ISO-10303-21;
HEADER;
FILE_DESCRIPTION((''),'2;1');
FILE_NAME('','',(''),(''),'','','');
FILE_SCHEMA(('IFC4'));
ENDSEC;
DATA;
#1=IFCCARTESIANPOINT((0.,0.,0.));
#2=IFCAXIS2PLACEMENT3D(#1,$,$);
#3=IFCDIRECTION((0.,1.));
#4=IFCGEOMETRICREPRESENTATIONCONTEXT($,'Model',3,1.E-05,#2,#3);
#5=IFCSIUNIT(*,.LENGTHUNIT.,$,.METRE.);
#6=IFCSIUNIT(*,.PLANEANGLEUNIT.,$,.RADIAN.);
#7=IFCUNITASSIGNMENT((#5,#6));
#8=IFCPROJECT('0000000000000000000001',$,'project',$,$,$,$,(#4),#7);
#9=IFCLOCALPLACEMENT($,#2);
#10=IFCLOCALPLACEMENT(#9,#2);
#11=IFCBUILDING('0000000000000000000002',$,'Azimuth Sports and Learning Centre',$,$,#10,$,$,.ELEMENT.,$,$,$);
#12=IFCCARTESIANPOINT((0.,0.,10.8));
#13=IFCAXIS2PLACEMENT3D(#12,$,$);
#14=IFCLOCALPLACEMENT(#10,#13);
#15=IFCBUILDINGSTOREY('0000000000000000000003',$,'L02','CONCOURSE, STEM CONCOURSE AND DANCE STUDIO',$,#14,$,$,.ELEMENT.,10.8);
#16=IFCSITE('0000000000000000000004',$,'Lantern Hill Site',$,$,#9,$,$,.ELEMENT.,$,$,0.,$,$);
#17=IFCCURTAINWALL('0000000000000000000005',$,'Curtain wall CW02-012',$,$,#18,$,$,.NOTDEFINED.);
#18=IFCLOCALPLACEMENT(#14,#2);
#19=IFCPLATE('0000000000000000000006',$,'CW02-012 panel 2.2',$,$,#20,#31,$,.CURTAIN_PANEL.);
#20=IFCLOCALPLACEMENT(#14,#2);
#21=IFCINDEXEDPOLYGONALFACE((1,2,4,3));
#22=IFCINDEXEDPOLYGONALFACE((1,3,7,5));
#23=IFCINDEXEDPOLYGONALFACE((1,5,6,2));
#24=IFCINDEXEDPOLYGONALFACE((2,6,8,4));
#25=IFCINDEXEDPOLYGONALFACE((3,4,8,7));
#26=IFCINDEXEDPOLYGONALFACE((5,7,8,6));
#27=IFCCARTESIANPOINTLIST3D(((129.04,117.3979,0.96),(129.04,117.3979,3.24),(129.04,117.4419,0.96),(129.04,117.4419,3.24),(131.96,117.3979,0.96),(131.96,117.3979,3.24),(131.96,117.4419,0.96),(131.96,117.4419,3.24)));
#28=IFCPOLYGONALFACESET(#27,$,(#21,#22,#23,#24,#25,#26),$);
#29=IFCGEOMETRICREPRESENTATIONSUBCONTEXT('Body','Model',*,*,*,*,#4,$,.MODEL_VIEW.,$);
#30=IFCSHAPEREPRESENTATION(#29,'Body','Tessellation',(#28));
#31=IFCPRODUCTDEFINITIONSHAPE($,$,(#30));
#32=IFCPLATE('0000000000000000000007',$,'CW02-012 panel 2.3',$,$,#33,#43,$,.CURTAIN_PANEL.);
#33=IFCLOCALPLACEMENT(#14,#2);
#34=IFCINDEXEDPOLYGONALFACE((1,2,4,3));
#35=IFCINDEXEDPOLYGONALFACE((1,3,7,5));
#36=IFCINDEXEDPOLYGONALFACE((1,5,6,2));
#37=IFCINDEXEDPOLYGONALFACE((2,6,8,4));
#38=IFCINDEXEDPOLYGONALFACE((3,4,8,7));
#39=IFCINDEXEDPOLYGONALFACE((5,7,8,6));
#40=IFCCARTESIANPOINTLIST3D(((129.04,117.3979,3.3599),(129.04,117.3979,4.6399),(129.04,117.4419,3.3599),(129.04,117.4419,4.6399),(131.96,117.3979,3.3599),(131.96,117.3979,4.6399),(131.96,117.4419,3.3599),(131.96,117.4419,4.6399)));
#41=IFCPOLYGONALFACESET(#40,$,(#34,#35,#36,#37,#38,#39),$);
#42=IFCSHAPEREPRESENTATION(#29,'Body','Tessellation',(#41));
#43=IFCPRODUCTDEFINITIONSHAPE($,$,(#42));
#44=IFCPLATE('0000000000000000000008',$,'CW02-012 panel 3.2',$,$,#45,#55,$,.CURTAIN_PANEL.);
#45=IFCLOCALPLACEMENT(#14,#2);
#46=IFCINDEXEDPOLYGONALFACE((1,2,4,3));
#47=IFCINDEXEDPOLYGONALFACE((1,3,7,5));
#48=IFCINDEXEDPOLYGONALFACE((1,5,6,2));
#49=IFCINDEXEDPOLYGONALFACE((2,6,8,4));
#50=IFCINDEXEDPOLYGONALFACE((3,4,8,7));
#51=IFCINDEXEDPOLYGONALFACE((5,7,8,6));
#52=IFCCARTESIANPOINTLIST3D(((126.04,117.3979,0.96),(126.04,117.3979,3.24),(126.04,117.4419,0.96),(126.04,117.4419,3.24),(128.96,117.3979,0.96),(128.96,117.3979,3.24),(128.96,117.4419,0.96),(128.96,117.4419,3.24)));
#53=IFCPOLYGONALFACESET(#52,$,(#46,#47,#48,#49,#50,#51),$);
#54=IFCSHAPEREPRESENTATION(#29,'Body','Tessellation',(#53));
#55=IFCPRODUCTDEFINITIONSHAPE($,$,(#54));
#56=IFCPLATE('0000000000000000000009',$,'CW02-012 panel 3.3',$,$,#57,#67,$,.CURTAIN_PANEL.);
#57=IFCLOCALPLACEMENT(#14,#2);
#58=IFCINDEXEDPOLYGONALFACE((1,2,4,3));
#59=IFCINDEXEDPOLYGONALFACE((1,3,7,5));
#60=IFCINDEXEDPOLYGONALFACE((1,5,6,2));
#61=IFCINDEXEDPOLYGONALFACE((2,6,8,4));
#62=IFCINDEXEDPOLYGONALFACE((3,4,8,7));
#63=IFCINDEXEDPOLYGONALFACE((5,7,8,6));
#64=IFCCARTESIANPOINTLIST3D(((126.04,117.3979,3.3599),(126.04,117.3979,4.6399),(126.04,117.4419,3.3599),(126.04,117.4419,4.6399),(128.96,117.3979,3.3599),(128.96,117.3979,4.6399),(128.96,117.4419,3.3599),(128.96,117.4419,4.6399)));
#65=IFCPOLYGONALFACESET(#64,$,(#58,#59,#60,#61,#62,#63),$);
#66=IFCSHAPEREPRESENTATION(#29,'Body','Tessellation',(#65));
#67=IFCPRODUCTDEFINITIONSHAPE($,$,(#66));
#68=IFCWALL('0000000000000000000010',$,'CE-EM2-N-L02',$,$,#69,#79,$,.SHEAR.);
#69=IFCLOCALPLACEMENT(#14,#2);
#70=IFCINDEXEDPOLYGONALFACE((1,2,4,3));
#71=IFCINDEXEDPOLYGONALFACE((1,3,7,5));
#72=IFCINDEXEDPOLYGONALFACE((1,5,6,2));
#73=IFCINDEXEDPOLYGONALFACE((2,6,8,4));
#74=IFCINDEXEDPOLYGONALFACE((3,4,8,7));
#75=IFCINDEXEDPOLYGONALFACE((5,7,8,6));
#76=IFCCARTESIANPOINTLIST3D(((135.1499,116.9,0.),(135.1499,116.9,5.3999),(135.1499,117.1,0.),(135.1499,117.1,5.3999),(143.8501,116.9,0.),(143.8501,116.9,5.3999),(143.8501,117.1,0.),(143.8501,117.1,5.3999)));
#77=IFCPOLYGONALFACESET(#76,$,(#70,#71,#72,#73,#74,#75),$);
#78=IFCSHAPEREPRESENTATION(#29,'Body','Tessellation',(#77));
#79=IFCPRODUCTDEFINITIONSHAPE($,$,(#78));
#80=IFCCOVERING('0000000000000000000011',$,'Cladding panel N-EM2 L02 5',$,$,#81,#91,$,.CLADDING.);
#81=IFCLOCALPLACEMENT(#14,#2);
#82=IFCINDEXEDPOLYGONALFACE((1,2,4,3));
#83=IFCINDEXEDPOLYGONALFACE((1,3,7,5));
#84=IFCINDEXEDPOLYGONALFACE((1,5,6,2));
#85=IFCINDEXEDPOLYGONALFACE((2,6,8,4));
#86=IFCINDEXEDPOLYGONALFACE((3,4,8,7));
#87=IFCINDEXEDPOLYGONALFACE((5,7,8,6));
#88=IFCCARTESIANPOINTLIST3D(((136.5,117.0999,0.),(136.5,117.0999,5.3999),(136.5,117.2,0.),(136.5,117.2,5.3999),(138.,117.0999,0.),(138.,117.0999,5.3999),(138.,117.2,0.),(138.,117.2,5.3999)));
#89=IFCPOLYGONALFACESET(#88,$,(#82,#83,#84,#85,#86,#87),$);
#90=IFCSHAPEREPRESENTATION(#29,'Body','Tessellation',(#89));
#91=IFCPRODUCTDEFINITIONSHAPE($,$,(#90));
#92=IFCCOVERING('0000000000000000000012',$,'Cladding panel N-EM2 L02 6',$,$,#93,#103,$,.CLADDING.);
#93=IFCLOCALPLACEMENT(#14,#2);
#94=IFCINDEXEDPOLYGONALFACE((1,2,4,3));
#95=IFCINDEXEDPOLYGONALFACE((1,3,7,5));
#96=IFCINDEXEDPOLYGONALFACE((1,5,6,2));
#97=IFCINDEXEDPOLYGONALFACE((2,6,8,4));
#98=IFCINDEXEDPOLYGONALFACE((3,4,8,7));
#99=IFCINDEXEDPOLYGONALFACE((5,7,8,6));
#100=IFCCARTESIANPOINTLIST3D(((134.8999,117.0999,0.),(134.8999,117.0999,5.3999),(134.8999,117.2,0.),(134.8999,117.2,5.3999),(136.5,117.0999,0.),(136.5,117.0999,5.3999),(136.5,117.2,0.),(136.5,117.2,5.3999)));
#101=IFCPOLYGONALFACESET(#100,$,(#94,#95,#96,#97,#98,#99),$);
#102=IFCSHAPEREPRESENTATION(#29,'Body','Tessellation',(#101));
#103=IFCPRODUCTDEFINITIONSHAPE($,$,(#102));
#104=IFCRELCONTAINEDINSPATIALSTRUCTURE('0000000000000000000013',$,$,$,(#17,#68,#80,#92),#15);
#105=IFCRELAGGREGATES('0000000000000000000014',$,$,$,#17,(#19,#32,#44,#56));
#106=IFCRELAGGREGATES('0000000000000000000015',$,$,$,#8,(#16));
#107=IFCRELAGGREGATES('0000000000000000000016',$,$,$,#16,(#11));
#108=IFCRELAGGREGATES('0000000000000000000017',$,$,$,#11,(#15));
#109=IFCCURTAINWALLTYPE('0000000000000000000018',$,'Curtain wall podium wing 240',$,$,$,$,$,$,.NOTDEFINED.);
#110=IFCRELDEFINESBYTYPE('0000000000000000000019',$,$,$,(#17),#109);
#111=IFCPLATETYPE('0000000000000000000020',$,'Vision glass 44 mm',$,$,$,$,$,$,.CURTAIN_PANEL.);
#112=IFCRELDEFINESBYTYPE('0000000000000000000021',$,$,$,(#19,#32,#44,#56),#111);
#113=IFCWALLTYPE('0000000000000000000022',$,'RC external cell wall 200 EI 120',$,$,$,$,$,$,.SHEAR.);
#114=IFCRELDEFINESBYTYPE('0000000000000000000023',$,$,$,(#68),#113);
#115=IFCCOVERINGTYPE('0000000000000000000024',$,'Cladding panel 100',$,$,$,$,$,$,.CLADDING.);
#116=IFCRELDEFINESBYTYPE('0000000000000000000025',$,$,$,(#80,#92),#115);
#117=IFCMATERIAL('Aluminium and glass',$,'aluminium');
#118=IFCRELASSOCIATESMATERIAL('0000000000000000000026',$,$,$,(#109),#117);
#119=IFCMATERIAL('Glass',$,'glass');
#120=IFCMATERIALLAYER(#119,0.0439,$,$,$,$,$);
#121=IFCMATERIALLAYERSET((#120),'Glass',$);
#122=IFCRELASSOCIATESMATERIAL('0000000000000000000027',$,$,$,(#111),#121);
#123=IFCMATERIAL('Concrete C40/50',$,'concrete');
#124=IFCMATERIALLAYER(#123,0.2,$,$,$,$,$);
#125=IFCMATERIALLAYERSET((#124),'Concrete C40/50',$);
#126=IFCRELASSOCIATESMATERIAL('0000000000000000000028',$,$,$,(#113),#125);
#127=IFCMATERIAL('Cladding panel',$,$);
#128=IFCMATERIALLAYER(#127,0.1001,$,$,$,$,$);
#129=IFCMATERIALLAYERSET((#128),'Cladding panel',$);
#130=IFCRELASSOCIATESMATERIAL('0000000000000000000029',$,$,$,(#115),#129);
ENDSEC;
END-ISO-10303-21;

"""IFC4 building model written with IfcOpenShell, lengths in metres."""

from ifc_helpers import new_model, si_unit, direction, frame, frame_2d, origin, origin_2d, place, context, subcontext, project, spatial, rectangle, extrude, material, layer, layer_set, type_object, element, aggregate, save


model = new_model("IFC4")

# Units and contexts
model_context = context("Model", 3, precision=1e-05, world=origin(), true_north=direction((0.0, 1.0)))
body_context = subcontext(model_context, "Body", "Model", "MODEL_VIEW")
ifc_project = project(units=[si_unit("LENGTHUNIT", "METRE"), si_unit("PLANEANGLEUNIT", "RADIAN")], contexts=[model_context])

# Site, building, storey
site_placement = place(None, origin())
site = spatial("IfcSite", under=ifc_project, at=site_placement, Name="Lantern Hill Site", CompositionType="ELEMENT", RefElevation=0.0)
building_placement = place(site_placement, origin())
building = spatial("IfcBuilding", under=site, at=building_placement, Name="Azimuth Sports and Learning Centre", CompositionType="ELEMENT")
storey_placement = place(building_placement, frame((0.0, 0.0, 10.8)))
storey = spatial("IfcBuildingStorey", under=building, at=storey_placement, Name="L02", Description="CONCOURSE, STEM CONCOURSE AND DANCE STUDIO", CompositionType="ELEMENT", Elevation=10.8)

# Curtain wall, plates
ifc_material_1 = material(Name="Aluminium and glass", Category="aluminium")
curtain_wall_type = type_object("IfcCurtainWallType", Name="Curtain wall podium wing 240", PredefinedType="NOTDEFINED", material=ifc_material_1)
curtain_wall_placement = place(storey_placement, origin())
curtain_wall = element("IfcCurtainWall", 1, at=curtain_wall_placement, inside=storey, type_object=curtain_wall_type, Name="Curtain wall CW02-012", PredefinedType="NOTDEFINED")
ifc_material_2 = material(Name="Glass", Category="glass")
ifc_layer_1 = layer(ifc_material_2, 0.0439)
ifc_layer_set_1 = layer_set([ifc_layer_1], Name="Glass")
plate_type_1 = type_object("IfcPlateType", Name="Vision glass 44 mm", PredefinedType="CURTAIN_PANEL", material=ifc_layer_set_1)
plate_1_placement = place(storey_placement, frame((130.5, 117.4199, 0.96), z_axis=(0.0, 0.0, 1.0), x_axis=(-1.0, 0.0, 0.0)))
plate_1 = element("IfcPlate", 2, at=plate_1_placement, type_object=plate_type_1, Name="CW02-012 panel 2.2", PredefinedType="CURTAIN_PANEL", context=body_context, shape_type="SweptSolid", body=[
    extrude(rectangle(XDim=2.9199, YDim=0.0439, at=origin_2d()), origin(), (0.0, 0.0, 1.0), 2.28),
])
plate_2_placement = place(storey_placement, frame((130.5, 117.4199, 3.3599), z_axis=(0.0, 0.0, 1.0), x_axis=(-1.0, 0.0, 0.0)))
plate_2 = element("IfcPlate", 3, at=plate_2_placement, type_object=plate_type_1, Name="CW02-012 panel 2.3", PredefinedType="CURTAIN_PANEL", context=body_context, shape_type="SweptSolid", body=[
    extrude(rectangle(XDim=2.9199, YDim=0.0439, at=origin_2d()), origin(), (0.0, 0.0, 1.0), 1.28),
])
plate_3_placement = place(storey_placement, frame((127.5, 117.4199, 0.96), z_axis=(0.0, 0.0, 1.0), x_axis=(-1.0, 0.0, 0.0)))
plate_3 = element("IfcPlate", 4, at=plate_3_placement, type_object=plate_type_1, Name="CW02-012 panel 3.2", PredefinedType="CURTAIN_PANEL", context=body_context, shape_type="SweptSolid", body=[
    extrude(rectangle(XDim=2.9199, YDim=0.0439, at=origin_2d()), origin(), (0.0, 0.0, 1.0), 2.28),
])
plate_4_placement = place(storey_placement, frame((127.5, 117.4199, 3.3599), z_axis=(0.0, 0.0, 1.0), x_axis=(-1.0, 0.0, 0.0)))
plate_4 = element("IfcPlate", 5, at=plate_4_placement, type_object=plate_type_1, Name="CW02-012 panel 3.3", PredefinedType="CURTAIN_PANEL", context=body_context, shape_type="SweptSolid", body=[
    extrude(rectangle(XDim=2.9199, YDim=0.0439, at=origin_2d()), origin(), (0.0, 0.0, 1.0), 1.28),
])
aggregate(curtain_wall, [plate_1, plate_2, plate_3, plate_4])

# Wall
ifc_material_3 = material(Name="Concrete C40/50", Category="concrete")
ifc_layer_2 = layer(ifc_material_3, 0.2)
ifc_layer_set_2 = layer_set([ifc_layer_2], Name="Concrete C40/50")
wall_type = type_object("IfcWallType", Name="RC external cell wall 200 EI 120", PredefinedType="SHEAR", material=ifc_layer_set_2)
wall_placement = place(storey_placement, frame((135.1499, 117.0, 0.0), z_axis=(0.0, 0.0, 1.0), x_axis=(1.0, 0.0, 0.0)))
element("IfcWall", 6, at=wall_placement, inside=storey, type_object=wall_type, Name="CE-EM2-N-L02", PredefinedType="SHEAR", context=body_context, shape_type="SweptSolid", body=[
    extrude(rectangle(XDim=8.7002, YDim=0.2, at=frame_2d((4.3501, 0.0))), origin(), (0.0, 0.0, 1.0), 5.3999),
])

# Coverings
ifc_material_4 = material(Name="Cladding panel")
ifc_layer_3 = layer(ifc_material_4, 0.1001)
ifc_layer_set_3 = layer_set([ifc_layer_3], Name="Cladding panel")
covering_type = type_object("IfcCoveringType", Name="Cladding panel 100", PredefinedType="CLADDING", material=ifc_layer_set_3)
covering_1_placement = place(storey_placement, frame((137.25, 117.1499, 0.0), z_axis=(0.0, 0.0, 1.0), x_axis=(-1.0, 0.0, 0.0)))
element("IfcCovering", 7, at=covering_1_placement, inside=storey, type_object=covering_type, Name="Cladding panel N-EM2 L02 5", PredefinedType="CLADDING", context=body_context, shape_type="SweptSolid", body=[
    extrude(rectangle(XDim=1.5, YDim=0.1001, at=origin_2d()), origin(), (0.0, 0.0, 1.0), 5.3999),
])
covering_2_placement = place(storey_placement, frame((135.7, 117.1499, 0.0), z_axis=(0.0, 0.0, 1.0), x_axis=(-1.0, 0.0, 0.0)))
element("IfcCovering", 8, at=covering_2_placement, inside=storey, type_object=covering_type, Name="Cladding panel N-EM2 L02 6", PredefinedType="CLADDING", context=body_context, shape_type="SweptSolid", body=[
    extrude(rectangle(XDim=1.6001, YDim=0.1001, at=origin_2d()), origin(), (0.0, 0.0, 1.0), 5.3999),
])

save(model, "model.ifc")
